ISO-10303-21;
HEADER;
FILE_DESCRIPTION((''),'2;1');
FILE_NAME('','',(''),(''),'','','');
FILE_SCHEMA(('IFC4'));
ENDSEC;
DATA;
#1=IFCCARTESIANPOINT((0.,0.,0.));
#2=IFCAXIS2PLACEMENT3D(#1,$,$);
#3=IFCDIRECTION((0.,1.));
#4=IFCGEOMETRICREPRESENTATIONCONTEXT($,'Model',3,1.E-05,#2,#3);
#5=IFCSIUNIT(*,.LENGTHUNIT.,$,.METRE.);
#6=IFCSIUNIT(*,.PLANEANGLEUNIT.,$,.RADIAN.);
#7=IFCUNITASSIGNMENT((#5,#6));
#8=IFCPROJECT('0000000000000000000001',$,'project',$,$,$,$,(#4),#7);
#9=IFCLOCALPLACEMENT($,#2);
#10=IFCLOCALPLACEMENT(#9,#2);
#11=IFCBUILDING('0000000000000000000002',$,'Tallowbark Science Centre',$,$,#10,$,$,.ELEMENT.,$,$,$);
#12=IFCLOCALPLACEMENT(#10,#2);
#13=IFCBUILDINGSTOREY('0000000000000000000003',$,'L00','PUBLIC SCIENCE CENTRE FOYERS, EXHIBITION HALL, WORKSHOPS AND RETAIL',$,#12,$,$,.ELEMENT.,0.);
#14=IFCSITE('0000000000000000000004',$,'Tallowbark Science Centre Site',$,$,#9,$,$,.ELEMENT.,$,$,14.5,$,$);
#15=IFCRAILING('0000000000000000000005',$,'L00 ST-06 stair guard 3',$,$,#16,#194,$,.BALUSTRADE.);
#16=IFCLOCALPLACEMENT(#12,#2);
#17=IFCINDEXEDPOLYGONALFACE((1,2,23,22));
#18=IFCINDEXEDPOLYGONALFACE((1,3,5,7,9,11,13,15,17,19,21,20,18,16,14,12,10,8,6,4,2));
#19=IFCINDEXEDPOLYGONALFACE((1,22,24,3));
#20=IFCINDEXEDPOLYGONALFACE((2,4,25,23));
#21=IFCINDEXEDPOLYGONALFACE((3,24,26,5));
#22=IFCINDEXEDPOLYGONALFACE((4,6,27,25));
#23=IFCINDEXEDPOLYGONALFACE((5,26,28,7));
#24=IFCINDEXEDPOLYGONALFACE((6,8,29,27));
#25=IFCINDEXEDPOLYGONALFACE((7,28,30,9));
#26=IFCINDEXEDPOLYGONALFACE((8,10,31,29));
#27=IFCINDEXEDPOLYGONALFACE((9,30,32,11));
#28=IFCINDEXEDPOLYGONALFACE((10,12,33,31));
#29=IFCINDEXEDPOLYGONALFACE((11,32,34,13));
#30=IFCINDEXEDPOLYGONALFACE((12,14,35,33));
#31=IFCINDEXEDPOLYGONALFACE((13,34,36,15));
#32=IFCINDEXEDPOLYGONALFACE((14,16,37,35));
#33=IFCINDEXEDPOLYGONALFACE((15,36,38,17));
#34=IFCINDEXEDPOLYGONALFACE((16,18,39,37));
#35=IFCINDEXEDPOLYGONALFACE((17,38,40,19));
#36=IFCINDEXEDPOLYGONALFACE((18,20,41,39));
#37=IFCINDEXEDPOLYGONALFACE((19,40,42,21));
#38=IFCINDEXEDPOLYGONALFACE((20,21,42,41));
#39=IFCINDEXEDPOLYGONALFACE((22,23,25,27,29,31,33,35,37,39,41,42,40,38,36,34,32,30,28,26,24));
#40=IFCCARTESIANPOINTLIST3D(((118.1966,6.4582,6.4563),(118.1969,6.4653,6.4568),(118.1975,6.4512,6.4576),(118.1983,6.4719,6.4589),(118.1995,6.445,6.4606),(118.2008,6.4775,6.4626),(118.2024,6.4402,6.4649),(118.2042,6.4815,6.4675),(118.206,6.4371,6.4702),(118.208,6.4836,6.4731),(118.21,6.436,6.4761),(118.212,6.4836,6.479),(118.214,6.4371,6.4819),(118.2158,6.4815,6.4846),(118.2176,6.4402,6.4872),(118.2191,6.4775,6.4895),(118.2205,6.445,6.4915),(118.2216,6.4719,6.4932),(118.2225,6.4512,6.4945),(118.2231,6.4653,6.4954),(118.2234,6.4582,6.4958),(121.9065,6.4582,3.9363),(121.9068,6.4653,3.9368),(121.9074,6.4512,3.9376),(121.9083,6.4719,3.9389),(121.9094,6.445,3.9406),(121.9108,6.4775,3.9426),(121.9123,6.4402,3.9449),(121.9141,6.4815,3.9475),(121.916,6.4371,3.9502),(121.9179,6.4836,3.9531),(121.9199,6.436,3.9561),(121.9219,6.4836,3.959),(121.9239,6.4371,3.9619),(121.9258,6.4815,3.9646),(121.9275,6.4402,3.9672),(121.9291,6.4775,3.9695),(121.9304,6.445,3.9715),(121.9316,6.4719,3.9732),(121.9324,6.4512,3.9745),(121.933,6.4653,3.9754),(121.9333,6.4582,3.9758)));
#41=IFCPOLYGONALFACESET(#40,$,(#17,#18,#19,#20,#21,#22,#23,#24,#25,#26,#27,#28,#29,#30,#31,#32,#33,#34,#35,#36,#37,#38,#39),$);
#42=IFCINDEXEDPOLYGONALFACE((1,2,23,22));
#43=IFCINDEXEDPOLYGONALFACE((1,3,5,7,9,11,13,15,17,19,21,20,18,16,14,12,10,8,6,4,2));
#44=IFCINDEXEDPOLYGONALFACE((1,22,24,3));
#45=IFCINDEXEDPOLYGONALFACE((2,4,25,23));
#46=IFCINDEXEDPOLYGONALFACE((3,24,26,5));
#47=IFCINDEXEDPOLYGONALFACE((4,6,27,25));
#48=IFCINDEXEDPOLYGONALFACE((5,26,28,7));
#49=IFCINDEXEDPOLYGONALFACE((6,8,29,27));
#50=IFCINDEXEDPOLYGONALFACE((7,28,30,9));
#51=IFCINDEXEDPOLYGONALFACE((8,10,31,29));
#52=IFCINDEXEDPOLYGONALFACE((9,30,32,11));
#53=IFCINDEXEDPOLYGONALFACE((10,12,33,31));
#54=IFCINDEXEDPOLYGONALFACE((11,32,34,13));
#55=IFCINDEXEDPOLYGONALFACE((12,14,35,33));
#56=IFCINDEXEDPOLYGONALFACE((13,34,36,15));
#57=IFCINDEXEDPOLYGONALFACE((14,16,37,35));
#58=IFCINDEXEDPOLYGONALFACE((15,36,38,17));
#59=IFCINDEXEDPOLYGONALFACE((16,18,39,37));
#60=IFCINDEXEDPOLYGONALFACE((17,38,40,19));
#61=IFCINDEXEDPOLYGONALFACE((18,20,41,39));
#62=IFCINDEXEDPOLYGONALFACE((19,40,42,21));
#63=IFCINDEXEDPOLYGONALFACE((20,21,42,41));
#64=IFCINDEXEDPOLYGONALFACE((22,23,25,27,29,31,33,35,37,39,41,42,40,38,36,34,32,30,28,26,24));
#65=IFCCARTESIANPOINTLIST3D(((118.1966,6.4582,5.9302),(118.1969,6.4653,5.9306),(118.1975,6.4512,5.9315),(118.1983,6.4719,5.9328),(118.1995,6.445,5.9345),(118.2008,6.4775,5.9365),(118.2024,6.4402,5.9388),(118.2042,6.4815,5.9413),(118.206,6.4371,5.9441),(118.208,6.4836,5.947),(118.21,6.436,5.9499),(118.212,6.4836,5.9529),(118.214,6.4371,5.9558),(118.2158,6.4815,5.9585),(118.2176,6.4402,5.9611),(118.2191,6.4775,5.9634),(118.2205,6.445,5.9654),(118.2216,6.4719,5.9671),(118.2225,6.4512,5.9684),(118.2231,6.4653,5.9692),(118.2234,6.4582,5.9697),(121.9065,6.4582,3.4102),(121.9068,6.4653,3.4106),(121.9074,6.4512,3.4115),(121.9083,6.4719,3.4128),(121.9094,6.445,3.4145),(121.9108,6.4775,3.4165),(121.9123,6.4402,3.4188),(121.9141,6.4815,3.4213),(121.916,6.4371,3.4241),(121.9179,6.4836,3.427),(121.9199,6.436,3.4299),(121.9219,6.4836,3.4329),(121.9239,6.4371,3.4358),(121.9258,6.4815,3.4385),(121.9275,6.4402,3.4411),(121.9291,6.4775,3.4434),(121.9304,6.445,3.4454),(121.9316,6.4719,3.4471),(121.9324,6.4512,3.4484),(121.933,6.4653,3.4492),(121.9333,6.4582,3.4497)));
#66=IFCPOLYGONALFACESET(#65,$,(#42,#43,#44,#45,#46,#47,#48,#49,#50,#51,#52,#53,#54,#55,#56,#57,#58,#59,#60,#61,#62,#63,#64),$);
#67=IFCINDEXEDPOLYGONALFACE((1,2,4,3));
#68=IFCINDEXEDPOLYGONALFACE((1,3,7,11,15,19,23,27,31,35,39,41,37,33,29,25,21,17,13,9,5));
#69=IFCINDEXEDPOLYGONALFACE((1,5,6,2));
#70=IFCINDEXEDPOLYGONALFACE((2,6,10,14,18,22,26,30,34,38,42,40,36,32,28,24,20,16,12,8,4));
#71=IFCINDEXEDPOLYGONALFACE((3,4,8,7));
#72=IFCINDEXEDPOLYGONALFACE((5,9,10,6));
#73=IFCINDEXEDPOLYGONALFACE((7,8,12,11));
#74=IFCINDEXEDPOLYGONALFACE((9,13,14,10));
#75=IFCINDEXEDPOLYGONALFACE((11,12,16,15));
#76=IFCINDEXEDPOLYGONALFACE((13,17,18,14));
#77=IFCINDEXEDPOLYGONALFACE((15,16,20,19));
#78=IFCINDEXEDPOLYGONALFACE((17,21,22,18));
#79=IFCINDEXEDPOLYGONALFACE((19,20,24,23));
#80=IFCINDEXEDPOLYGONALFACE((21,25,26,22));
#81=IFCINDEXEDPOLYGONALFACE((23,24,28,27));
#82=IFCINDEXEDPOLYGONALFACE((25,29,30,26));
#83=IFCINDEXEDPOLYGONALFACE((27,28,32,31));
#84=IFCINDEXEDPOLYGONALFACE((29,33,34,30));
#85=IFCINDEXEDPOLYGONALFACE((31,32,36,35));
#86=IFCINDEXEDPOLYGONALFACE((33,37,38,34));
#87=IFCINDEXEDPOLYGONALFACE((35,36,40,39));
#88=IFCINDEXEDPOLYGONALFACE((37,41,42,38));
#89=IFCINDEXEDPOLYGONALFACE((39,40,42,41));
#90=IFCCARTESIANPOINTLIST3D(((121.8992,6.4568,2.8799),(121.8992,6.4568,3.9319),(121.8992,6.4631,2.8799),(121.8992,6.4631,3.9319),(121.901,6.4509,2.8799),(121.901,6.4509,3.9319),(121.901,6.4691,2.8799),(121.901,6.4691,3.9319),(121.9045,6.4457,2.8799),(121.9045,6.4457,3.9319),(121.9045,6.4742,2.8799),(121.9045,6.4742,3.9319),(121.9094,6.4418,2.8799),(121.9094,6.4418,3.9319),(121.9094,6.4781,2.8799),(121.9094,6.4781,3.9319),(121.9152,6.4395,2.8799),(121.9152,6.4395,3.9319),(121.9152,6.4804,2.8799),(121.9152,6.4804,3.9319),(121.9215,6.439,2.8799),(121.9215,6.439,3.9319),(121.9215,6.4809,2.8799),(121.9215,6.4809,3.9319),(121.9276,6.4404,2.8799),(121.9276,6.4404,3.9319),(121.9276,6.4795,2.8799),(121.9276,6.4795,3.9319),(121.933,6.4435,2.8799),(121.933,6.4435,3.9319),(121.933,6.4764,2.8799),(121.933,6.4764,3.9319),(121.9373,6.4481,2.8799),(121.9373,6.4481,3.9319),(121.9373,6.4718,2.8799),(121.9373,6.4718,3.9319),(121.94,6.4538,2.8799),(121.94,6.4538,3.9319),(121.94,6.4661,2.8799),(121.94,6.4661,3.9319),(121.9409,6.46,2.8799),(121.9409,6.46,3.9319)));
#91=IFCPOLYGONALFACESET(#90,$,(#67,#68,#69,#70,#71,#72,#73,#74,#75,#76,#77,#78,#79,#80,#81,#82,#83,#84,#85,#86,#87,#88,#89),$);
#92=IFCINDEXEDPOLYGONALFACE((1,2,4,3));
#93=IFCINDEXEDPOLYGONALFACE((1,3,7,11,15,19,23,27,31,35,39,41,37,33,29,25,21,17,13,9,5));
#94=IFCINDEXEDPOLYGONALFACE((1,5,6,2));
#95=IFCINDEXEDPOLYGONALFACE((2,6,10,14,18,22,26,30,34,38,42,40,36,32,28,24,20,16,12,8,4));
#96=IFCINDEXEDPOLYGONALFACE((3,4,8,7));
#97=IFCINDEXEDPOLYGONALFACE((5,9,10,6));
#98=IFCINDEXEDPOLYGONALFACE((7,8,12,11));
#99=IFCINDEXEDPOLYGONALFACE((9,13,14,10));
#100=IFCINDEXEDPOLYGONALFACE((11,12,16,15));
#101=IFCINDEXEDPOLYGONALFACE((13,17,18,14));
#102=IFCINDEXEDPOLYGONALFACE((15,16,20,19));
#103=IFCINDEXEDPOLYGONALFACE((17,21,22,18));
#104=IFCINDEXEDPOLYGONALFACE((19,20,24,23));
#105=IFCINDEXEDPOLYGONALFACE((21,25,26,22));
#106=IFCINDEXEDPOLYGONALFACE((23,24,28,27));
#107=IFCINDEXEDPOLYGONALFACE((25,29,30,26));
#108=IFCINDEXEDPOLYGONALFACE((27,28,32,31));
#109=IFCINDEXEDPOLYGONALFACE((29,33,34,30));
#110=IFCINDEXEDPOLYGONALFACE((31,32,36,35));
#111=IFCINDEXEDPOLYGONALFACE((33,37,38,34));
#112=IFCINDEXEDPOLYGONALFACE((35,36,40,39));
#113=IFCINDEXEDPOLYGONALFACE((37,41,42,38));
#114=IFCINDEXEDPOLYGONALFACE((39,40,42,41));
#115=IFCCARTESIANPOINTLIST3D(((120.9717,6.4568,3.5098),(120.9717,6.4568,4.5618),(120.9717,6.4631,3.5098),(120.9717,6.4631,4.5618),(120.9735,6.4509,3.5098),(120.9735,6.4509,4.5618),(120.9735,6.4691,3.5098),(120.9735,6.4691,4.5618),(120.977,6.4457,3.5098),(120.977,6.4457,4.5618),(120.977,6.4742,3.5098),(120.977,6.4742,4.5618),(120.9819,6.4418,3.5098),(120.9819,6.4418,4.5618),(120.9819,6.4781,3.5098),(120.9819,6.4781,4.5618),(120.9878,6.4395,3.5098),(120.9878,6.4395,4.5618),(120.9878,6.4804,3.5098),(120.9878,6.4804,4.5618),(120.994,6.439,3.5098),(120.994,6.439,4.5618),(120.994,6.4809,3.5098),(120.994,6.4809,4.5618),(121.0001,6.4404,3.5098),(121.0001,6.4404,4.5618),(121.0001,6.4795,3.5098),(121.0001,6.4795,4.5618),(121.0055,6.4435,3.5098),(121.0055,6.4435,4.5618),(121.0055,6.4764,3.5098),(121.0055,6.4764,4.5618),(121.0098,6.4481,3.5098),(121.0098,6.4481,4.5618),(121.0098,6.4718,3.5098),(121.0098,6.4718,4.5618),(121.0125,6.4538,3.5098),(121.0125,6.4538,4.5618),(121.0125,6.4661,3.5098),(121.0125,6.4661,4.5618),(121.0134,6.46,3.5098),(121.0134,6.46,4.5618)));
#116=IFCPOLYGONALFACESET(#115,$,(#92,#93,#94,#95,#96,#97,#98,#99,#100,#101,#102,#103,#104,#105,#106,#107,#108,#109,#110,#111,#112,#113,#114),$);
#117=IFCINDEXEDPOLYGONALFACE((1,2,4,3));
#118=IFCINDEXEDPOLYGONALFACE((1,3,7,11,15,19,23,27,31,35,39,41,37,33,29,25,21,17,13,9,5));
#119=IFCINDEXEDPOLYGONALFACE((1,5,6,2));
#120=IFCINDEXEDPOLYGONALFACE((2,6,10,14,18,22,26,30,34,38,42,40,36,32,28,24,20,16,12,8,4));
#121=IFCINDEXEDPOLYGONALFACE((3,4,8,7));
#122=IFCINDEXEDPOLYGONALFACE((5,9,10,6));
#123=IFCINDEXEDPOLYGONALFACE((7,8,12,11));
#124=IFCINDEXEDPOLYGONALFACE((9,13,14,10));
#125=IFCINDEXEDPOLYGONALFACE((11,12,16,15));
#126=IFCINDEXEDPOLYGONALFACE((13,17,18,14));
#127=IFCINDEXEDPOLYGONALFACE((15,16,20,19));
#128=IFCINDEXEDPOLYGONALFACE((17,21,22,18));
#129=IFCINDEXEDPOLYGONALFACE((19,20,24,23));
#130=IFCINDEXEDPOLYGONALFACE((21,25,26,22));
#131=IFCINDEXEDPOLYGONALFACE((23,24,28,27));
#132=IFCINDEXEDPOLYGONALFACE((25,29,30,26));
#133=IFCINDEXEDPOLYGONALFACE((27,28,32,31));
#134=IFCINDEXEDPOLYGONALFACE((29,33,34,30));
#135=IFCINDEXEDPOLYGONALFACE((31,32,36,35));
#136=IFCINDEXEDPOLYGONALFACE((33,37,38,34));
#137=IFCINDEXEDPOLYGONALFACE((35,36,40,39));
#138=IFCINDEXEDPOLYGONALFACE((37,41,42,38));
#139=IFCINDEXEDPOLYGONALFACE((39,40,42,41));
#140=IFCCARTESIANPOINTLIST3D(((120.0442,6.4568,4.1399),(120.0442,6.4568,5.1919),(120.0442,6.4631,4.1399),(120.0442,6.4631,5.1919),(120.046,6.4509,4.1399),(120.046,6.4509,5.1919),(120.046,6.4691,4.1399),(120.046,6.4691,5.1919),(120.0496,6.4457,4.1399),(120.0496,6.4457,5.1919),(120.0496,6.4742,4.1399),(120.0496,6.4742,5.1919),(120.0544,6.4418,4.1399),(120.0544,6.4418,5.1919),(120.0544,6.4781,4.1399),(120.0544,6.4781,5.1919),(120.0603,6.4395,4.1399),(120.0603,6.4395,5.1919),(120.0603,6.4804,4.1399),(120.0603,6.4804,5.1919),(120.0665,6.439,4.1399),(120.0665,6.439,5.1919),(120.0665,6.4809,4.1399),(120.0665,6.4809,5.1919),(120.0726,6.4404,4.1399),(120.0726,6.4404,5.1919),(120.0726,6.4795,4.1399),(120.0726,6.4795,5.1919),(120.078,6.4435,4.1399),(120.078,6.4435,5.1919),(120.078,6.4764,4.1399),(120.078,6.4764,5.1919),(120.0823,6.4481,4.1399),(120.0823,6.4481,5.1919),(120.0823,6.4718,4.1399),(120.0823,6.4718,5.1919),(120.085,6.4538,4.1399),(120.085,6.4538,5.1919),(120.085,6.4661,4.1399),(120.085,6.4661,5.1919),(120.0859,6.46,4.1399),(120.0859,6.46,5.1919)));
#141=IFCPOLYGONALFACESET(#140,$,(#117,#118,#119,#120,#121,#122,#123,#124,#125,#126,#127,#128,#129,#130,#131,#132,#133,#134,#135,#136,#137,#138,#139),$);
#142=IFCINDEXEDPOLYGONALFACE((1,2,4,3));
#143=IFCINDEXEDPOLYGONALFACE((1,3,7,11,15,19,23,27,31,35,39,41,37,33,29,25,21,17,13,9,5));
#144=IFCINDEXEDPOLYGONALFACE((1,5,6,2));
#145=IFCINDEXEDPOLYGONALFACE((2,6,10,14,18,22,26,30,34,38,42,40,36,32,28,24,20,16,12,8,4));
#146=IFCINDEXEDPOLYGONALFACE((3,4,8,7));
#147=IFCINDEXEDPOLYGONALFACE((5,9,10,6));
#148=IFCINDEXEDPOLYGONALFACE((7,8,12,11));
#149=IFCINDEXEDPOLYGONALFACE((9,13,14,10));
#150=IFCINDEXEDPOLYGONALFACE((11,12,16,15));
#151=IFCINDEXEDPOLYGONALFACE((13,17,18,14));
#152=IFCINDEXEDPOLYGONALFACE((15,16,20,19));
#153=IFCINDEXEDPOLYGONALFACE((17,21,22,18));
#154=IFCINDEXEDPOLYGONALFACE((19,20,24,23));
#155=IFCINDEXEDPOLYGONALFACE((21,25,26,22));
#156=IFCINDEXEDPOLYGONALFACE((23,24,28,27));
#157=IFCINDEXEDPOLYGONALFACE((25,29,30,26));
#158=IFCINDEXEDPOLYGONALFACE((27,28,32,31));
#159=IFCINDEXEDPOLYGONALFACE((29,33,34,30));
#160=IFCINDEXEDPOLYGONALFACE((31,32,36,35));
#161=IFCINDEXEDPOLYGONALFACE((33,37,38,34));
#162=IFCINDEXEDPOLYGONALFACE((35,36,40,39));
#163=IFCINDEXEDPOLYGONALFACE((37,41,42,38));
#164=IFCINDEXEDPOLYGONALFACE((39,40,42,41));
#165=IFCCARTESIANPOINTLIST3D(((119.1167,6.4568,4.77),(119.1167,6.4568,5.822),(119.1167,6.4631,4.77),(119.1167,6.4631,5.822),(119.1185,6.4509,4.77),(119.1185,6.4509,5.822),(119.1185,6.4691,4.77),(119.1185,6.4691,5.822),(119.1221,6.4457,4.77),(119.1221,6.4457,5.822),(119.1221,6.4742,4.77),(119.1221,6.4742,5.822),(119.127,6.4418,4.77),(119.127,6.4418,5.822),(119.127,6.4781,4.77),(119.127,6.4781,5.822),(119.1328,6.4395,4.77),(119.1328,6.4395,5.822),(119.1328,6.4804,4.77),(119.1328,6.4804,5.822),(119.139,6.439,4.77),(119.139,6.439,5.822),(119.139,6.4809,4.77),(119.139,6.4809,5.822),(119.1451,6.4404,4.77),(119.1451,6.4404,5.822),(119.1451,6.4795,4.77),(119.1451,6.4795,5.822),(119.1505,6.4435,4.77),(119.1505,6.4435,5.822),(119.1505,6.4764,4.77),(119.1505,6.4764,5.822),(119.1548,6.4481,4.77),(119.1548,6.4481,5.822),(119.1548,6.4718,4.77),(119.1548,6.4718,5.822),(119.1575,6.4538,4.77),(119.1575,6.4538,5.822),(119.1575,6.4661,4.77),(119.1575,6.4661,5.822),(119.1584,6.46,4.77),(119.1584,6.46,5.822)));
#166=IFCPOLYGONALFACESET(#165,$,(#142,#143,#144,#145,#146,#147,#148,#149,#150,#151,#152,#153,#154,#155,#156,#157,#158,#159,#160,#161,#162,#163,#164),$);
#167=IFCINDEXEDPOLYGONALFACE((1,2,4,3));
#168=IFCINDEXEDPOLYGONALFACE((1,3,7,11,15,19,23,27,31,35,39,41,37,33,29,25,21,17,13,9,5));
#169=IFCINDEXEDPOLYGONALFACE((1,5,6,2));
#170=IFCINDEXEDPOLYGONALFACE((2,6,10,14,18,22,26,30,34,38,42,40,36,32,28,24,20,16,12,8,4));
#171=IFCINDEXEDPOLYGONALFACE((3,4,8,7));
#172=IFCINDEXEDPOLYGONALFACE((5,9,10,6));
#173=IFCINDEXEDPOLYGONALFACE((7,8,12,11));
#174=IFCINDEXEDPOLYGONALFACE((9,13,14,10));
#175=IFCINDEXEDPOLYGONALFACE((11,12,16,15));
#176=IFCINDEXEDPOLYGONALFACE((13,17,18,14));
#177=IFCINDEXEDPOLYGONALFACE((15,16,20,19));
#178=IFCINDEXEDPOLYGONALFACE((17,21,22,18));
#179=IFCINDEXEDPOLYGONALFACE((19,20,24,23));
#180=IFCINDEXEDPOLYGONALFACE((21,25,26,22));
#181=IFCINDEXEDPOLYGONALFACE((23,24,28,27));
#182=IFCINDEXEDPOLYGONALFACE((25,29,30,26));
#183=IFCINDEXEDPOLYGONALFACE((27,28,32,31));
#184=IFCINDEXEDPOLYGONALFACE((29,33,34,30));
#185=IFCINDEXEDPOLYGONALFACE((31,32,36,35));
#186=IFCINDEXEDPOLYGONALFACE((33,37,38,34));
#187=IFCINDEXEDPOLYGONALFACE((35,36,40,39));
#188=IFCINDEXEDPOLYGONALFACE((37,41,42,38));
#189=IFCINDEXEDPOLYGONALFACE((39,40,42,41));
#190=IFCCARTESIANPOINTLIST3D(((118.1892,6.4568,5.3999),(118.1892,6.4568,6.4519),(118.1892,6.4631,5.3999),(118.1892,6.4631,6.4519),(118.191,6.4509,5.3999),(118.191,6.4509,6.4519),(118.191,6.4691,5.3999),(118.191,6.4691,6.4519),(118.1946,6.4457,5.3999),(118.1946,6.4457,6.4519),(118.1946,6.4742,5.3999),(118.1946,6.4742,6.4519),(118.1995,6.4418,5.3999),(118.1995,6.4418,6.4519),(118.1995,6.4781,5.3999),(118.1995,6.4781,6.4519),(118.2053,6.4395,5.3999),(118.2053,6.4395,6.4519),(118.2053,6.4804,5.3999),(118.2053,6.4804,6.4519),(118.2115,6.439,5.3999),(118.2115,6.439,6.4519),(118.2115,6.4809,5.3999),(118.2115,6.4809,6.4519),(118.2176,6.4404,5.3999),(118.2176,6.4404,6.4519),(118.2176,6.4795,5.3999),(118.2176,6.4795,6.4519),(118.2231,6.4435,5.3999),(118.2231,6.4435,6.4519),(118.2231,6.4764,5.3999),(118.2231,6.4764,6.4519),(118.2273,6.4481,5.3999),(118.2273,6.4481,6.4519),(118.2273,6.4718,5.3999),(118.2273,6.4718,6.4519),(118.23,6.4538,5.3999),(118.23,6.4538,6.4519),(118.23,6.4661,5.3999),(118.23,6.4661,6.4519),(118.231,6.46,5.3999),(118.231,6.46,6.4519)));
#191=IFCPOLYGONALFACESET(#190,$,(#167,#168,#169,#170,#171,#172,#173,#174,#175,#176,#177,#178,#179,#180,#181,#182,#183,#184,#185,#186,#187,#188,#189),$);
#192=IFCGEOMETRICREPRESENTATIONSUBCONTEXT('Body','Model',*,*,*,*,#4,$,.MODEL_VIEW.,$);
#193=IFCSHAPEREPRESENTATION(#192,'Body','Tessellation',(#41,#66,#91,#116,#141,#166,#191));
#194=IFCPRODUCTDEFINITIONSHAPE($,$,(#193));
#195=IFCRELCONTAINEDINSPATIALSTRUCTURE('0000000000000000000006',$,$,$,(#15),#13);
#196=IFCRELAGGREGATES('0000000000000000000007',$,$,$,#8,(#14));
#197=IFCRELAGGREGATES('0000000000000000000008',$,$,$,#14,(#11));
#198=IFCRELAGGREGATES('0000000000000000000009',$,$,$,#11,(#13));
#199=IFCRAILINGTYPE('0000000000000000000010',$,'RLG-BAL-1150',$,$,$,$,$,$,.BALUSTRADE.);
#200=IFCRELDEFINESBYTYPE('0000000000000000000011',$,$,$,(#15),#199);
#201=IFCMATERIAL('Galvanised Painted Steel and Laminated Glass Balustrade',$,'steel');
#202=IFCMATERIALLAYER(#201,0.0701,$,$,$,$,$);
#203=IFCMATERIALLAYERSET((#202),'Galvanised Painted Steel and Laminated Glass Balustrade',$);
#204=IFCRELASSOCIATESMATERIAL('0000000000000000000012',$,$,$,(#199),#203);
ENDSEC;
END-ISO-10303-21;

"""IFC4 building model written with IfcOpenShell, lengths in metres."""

from ifc_helpers import new_model, si_unit, direction, frame, origin, origin_2d, place, context, subcontext, project, spatial, circle, extrude, material, layer, layer_set, type_object, element, save


model = new_model("IFC4")

# Units and contexts
model_context = context("Model", 3, precision=1e-05, world=origin(), true_north=direction((0.0, 1.0)))
body_context = subcontext(model_context, "Body", "Model", "MODEL_VIEW")
ifc_project = project(units=[si_unit("LENGTHUNIT", "METRE"), si_unit("PLANEANGLEUNIT", "RADIAN")], contexts=[model_context])

# Site, building, storey
site_placement = place(None, origin())
site = spatial("IfcSite", under=ifc_project, at=site_placement, Name="Tallowbark Science Centre Site", CompositionType="ELEMENT", RefElevation=14.5)
building_placement = place(site_placement, origin())
building = spatial("IfcBuilding", under=site, at=building_placement, Name="Tallowbark Science Centre", CompositionType="ELEMENT")
storey_placement = place(building_placement, origin())
storey = spatial("IfcBuildingStorey", under=building, at=storey_placement, Name="L00", Description="PUBLIC SCIENCE CENTRE FOYERS, EXHIBITION HALL, WORKSHOPS AND RETAIL", CompositionType="ELEMENT", Elevation=0.0)

# Railing
ifc_material_1 = material(Name="Galvanised Painted Steel and Laminated Glass Balustrade", Category="steel")
ifc_layer_1 = layer(ifc_material_1, 0.0701)
ifc_layer_set_1 = layer_set([ifc_layer_1], Name="Galvanised Painted Steel and Laminated Glass Balustrade")
railing_type_1 = type_object("IfcRailingType", Name="RLG-BAL-1150", PredefinedType="BALUSTRADE", material=ifc_layer_set_1)
railing_1_placement = place(storey_placement, frame((121.9199, 6.46, 2.8799)))
element("IfcRailing", 1, at=railing_1_placement, inside=storey, type_object=railing_type_1, Name="L00 ST-06 stair guard 3", PredefinedType="BALUSTRADE", context=body_context, shape_type="SweptSolid", body=[
    extrude(circle(Radius=0.0239, at=origin_2d()), frame((0.0, 0.0, 1.0762), z_axis=(-0.827212, 0.0, 0.56189), x_axis=(0.0, -1.0, 0.0)), (0.0, 0.0, 1.0), 4.4849),
    extrude(circle(Radius=0.0239, at=origin_2d()), frame((0.0, 0.0, 0.55), z_axis=(-0.827212, 0.0, 0.56189), x_axis=(0.0, -1.0, 0.0)), (0.0, 0.0, 1.0), 4.4849),
    extrude(circle(Radius=0.021, at=origin_2d()), origin(), (0.0, 0.0, 1.0), 1.052),
    extrude(circle(Radius=0.021, at=origin_2d()), frame((-0.9275, 0.0, 0.6299)), (0.0, 0.0, 1.0), 1.052),
    extrude(circle(Radius=0.021, at=origin_2d()), frame((-1.855, 0.0, 1.26)), (0.0, 0.0, 1.0), 1.052),
    extrude(circle(Radius=0.021, at=origin_2d()), frame((-2.7825, 0.0, 1.8901)), (0.0, 0.0, 1.0), 1.052),
    extrude(circle(Radius=0.021, at=origin_2d()), frame((-3.71, 0.0, 2.52)), (0.0, 0.0, 1.0), 1.052),
])

save(model, "model.ifc")
